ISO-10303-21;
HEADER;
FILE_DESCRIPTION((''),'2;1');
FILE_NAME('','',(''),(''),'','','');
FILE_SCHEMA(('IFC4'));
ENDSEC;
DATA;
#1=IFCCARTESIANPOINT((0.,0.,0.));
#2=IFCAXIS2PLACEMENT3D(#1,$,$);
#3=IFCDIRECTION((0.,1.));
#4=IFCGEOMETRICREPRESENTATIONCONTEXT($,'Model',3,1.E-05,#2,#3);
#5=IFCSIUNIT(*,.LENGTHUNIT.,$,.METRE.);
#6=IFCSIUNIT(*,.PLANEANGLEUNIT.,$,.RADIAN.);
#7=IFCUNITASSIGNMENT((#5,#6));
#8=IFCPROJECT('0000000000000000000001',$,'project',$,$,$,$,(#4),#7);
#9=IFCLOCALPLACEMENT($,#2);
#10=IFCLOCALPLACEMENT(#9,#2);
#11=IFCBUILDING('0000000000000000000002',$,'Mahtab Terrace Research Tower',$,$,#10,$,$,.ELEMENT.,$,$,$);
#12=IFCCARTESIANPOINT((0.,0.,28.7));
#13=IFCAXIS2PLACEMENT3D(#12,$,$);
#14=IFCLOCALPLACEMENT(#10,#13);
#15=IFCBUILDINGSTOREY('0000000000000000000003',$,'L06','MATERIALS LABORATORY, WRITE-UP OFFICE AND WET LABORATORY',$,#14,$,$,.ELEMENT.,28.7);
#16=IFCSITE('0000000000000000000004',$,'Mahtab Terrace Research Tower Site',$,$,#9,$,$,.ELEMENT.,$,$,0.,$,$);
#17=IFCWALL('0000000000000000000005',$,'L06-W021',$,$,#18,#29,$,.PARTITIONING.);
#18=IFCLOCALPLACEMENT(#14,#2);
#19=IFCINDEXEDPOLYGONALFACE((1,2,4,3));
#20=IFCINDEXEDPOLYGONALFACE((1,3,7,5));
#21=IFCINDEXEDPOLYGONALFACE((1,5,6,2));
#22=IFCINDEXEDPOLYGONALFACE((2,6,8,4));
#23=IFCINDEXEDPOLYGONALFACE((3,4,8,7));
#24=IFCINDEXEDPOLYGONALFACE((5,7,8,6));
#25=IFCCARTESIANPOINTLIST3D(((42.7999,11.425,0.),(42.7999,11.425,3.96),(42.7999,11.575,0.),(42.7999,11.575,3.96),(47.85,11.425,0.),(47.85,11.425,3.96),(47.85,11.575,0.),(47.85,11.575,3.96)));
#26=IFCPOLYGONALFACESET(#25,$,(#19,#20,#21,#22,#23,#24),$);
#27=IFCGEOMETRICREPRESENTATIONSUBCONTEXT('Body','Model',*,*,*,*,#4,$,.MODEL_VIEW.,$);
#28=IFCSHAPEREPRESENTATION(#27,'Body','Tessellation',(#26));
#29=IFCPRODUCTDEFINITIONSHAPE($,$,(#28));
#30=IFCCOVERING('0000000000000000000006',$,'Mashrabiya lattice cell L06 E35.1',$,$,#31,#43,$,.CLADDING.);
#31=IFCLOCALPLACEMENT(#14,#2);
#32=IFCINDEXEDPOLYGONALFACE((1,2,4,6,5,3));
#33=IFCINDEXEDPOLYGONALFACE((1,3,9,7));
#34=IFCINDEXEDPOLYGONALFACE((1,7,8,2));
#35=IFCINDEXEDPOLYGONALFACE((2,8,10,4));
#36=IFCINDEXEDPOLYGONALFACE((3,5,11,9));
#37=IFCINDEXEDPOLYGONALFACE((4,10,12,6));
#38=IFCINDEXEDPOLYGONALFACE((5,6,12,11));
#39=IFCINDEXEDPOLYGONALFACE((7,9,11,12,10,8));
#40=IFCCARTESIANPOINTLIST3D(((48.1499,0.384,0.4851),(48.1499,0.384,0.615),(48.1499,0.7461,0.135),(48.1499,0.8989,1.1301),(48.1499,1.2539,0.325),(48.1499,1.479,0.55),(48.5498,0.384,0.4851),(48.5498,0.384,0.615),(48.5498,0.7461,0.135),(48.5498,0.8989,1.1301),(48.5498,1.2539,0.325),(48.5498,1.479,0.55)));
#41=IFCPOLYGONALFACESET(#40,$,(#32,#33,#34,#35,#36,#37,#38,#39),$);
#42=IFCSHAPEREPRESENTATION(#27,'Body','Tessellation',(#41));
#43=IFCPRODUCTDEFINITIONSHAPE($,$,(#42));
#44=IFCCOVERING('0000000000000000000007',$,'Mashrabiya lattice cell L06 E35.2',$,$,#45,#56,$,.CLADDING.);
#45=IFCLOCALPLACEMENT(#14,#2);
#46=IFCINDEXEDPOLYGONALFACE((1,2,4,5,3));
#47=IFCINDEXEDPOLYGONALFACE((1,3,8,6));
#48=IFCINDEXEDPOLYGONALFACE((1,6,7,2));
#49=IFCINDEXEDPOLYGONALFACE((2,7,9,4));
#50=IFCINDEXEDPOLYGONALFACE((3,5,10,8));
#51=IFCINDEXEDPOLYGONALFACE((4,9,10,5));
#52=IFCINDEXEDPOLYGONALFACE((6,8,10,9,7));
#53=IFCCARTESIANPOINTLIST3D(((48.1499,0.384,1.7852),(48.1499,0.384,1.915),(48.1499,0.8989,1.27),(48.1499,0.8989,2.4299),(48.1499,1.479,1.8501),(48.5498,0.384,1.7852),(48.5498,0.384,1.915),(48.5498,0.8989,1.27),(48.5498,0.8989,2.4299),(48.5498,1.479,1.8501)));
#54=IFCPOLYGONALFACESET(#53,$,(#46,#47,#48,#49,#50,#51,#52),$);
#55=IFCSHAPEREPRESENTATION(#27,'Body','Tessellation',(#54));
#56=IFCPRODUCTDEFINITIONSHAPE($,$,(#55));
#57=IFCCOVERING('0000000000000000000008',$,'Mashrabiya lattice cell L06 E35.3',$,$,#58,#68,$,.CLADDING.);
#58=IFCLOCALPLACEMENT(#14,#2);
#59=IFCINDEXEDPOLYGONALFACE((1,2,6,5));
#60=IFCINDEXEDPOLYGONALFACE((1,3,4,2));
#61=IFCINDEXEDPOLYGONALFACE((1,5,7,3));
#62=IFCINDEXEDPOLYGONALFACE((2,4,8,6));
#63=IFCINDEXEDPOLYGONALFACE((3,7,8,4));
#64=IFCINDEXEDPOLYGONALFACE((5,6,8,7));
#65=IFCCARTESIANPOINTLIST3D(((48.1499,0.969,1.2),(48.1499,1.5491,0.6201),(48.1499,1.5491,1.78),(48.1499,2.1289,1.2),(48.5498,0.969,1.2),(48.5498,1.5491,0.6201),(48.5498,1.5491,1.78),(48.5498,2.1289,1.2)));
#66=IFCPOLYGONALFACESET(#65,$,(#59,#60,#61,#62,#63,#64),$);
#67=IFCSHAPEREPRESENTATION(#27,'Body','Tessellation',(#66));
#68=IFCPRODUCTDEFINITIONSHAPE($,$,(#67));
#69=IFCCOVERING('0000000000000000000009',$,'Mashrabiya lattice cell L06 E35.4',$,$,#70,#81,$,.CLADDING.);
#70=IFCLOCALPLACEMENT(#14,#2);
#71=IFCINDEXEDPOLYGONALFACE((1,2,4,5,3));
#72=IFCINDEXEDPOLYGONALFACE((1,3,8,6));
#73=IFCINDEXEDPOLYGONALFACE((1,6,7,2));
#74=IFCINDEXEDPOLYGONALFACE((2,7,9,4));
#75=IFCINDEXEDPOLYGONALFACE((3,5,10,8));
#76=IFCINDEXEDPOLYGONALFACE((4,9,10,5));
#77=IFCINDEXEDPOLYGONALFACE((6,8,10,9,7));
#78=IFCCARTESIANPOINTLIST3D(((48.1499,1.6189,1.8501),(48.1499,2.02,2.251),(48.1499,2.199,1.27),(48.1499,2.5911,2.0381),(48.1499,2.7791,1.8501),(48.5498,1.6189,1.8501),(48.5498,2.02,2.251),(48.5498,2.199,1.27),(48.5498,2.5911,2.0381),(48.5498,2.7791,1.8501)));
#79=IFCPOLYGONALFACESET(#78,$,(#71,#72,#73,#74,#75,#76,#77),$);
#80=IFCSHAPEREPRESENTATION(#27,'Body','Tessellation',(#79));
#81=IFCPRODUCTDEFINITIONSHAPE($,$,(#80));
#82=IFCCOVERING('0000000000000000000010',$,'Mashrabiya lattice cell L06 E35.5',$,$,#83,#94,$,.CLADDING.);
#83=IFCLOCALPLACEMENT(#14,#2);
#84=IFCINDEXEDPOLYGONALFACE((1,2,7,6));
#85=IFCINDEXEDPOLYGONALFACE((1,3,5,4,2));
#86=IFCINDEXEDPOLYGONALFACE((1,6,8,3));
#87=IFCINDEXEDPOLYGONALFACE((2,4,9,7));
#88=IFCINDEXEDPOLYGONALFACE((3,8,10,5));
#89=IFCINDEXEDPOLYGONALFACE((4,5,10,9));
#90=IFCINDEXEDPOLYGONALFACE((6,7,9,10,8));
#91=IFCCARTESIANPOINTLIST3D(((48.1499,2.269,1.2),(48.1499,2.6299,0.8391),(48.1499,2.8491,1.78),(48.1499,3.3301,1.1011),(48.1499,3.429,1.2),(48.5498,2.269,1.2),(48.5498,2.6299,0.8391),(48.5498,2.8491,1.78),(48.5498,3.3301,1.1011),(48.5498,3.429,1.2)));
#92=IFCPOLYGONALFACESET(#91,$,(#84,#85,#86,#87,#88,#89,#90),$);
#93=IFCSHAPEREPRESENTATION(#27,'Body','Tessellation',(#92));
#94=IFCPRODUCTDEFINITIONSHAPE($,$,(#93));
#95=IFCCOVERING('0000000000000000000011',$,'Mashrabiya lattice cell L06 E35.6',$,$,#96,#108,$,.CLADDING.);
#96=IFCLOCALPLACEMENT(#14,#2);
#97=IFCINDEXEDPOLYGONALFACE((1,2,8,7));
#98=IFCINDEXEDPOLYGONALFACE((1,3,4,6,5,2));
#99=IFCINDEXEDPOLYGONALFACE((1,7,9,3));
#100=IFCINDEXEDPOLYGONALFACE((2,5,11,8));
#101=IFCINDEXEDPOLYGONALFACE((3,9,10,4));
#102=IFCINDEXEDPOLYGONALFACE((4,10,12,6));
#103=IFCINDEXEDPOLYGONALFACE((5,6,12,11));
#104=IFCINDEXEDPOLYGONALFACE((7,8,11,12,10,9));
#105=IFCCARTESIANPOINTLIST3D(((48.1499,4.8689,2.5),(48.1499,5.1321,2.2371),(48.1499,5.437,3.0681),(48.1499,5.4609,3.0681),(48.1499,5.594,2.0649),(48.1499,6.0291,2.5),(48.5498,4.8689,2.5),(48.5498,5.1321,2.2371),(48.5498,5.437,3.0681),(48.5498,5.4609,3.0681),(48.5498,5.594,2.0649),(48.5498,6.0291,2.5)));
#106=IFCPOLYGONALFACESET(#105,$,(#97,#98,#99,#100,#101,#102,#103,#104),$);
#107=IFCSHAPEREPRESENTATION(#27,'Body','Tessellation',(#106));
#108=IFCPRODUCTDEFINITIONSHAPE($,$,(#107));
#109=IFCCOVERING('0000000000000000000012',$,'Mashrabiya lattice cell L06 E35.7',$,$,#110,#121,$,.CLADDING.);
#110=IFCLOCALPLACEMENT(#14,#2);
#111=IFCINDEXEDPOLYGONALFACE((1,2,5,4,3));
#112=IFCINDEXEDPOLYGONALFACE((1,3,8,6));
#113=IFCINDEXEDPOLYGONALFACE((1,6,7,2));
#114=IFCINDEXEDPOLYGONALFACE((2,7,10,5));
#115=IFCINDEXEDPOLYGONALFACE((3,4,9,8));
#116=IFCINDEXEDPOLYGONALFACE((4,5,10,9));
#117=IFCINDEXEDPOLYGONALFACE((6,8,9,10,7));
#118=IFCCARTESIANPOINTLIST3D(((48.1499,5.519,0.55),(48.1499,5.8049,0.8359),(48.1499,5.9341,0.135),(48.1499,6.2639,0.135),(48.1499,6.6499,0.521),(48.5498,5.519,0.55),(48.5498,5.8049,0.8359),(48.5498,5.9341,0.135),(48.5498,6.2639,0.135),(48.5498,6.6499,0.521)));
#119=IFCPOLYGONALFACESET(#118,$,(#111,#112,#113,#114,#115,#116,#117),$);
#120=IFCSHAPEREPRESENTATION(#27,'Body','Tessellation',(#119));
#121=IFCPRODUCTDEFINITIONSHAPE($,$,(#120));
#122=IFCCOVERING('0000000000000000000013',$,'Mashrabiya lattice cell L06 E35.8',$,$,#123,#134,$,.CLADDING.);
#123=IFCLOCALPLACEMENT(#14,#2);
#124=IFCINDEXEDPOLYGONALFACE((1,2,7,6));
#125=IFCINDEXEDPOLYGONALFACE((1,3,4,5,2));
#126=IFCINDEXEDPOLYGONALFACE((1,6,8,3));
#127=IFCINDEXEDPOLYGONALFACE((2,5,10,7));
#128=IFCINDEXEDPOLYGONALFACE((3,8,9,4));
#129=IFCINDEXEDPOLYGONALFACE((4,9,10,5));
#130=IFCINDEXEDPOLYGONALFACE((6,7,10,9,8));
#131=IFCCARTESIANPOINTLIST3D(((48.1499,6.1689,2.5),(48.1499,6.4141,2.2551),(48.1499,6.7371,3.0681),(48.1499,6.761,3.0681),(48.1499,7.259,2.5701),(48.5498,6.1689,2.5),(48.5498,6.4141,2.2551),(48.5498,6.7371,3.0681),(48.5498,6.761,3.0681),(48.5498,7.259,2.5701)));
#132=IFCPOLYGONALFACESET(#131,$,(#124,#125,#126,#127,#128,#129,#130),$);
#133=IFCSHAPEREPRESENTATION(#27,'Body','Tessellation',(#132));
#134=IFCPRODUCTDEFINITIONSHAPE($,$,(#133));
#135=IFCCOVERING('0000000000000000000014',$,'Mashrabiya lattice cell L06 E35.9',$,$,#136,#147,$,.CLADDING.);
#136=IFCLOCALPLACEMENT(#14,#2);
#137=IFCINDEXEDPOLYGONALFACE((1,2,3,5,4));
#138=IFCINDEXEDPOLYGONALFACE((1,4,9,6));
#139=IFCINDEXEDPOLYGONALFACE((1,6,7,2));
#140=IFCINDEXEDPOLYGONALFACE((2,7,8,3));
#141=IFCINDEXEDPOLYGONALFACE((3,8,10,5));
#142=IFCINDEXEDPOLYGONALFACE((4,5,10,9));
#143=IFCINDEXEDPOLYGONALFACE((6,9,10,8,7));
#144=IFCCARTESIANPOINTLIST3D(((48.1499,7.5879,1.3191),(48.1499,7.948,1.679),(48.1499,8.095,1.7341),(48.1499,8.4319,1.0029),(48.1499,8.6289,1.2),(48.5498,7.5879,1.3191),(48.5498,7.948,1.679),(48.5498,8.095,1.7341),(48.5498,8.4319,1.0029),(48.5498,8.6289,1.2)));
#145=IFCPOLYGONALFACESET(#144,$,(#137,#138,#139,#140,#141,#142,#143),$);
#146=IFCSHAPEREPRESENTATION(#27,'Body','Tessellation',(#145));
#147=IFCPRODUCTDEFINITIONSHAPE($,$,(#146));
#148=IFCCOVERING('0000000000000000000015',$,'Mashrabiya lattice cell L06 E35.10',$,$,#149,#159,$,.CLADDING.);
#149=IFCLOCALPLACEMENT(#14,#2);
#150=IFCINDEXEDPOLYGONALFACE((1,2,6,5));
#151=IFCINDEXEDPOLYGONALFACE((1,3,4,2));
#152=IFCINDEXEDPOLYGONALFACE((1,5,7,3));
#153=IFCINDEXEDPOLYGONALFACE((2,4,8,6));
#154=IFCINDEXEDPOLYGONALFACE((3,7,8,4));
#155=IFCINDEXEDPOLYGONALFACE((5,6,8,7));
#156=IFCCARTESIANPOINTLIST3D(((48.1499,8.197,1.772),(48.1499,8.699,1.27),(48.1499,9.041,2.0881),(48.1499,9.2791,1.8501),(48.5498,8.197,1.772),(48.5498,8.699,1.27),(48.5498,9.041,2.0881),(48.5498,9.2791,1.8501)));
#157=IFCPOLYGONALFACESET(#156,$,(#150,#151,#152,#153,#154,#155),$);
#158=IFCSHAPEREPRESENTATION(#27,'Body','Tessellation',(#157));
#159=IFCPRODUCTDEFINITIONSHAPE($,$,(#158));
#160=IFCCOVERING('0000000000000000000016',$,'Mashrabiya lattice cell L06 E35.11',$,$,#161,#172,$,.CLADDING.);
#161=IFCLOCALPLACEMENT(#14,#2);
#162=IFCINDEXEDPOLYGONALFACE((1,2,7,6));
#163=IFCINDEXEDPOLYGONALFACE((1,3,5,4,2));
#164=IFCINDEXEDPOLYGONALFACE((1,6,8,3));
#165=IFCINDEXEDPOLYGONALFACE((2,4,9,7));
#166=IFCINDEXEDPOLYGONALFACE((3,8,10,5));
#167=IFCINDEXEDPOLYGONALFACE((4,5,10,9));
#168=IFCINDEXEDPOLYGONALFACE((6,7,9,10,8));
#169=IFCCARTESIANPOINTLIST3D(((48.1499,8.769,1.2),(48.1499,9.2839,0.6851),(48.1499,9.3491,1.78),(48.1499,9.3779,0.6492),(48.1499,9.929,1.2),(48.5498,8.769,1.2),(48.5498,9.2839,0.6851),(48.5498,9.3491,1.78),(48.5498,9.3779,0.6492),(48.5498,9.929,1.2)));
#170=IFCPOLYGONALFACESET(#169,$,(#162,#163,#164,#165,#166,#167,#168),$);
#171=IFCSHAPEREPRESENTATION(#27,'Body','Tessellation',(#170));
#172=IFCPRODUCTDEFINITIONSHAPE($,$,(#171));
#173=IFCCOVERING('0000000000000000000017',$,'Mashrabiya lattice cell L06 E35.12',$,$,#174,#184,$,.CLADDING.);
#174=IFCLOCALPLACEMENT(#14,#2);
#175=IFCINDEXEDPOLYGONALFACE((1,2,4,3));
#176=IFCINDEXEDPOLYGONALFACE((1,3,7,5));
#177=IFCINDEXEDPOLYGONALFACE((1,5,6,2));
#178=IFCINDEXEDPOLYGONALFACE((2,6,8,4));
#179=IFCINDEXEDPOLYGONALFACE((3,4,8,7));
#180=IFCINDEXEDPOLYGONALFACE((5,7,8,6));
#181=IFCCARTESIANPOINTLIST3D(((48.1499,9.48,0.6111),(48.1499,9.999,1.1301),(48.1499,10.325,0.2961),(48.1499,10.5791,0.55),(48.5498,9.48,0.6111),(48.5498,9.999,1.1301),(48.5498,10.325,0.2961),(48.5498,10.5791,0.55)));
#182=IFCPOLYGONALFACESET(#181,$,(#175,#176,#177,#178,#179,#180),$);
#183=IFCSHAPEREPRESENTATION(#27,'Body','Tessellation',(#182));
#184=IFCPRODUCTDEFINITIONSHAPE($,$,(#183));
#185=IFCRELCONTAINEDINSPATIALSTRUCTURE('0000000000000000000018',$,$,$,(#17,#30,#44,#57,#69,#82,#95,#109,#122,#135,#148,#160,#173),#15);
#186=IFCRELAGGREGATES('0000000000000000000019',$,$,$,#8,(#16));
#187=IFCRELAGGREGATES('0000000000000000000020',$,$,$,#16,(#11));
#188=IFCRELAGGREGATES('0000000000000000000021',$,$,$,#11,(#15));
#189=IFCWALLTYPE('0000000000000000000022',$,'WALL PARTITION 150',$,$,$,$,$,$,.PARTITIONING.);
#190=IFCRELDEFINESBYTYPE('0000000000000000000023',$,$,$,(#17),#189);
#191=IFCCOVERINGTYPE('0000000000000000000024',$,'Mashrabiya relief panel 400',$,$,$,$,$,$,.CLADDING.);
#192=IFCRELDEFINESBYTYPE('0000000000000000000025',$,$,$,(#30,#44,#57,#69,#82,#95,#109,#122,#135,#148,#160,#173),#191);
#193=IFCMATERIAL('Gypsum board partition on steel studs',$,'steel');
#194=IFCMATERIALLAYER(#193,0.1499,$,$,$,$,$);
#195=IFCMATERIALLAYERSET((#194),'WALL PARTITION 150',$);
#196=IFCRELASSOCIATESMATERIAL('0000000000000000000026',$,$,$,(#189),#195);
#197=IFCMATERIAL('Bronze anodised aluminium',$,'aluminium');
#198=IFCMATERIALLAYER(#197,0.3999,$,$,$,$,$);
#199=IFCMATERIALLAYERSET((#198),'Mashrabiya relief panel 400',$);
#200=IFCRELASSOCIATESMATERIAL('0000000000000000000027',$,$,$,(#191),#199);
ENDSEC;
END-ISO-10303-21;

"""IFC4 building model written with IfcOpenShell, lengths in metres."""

from ifc_helpers import new_model, si_unit, direction, frame, frame_2d, origin, place, context, subcontext, project, spatial, polyline, rectangle, outline, extrude, material, layer, layer_set, type_object, element, save


model = new_model("IFC4")

# Units and contexts
model_context = context("Model", 3, precision=1e-05, world=origin(), true_north=direction((0.0, 1.0)))
body_context = subcontext(model_context, "Body", "Model", "MODEL_VIEW")
ifc_project = project(units=[si_unit("LENGTHUNIT", "METRE"), si_unit("PLANEANGLEUNIT", "RADIAN")], contexts=[model_context])

# Site, building, storey
site_placement = place(None, origin())
site = spatial("IfcSite", under=ifc_project, at=site_placement, Name="Mahtab Terrace Research Tower Site", CompositionType="ELEMENT", RefElevation=0.0)
building_placement = place(site_placement, origin())
building = spatial("IfcBuilding", under=site, at=building_placement, Name="Mahtab Terrace Research Tower", CompositionType="ELEMENT")
storey_placement = place(building_placement, frame((0.0, 0.0, 28.7)))
storey = spatial("IfcBuildingStorey", under=building, at=storey_placement, Name="L06", Description="MATERIALS LABORATORY, WRITE-UP OFFICE AND WET LABORATORY", CompositionType="ELEMENT", Elevation=28.7)

# Wall
ifc_material_1 = material(Name="Gypsum board partition on steel studs", Category="steel")
ifc_layer_1 = layer(ifc_material_1, 0.1499)
ifc_layer_set_1 = layer_set([ifc_layer_1], Name="WALL PARTITION 150")
wall_type_1 = type_object("IfcWallType", Name="WALL PARTITION 150", PredefinedType="PARTITIONING", material=ifc_layer_set_1)
wall_1_placement = place(storey_placement, frame((42.8, 11.5, 0.0), z_axis=(0.0, 0.0, 1.0), x_axis=(1.0, 0.0, 0.0)))
element("IfcWall", 1, at=wall_1_placement, inside=storey, type_object=wall_type_1, Name="L06-W021", PredefinedType="PARTITIONING", context=body_context, shape_type="SweptSolid", body=[
    extrude(rectangle(XDim=5.05, YDim=0.1499, at=frame_2d((2.5249, 0.0))), origin(), (0.0, 0.0, 1.0), 3.96),
])

# Coverings
ifc_material_2 = material(Name="Bronze anodised aluminium", Category="aluminium")
ifc_layer_2 = layer(ifc_material_2, 0.3999)
ifc_layer_set_2 = layer_set([ifc_layer_2], Name="Mashrabiya relief panel 400")
covering_type = type_object("IfcCoveringType", Name="Mashrabiya relief panel 400", PredefinedType="CLADDING", material=ifc_layer_set_2)
covering_1_placement = place(storey_placement, frame((48.1499, 0.384, 0.4851), z_axis=(-1.0, 0.0, 0.0), x_axis=(0.0, 0.0, 1.0)))
element("IfcCovering", 2, at=covering_1_placement, inside=storey, type_object=covering_type, Name="Mashrabiya lattice cell L06 E35.1", PredefinedType="CLADDING", context=body_context, shape_type="SweptSolid", body=[
    extrude(outline(polyline([(0.0, 0.0), (0.1299, 0.0), (0.645, 0.5149), (0.0649, 1.095), (-0.1602, 0.8699), (-0.3501, 0.3621), (0.0, 0.0)])), origin(), (0.0, 0.0, -1.0), 0.3999),
])
covering_2_placement = place(storey_placement, frame((48.1499, 0.8989, 2.4299), z_axis=(-1.0, 0.0, 0.0), x_axis=(0.0, 0.707256, -0.706958)))
element("IfcCovering", 3, at=covering_2_placement, inside=storey, type_object=covering_type, Name="Mashrabiya lattice cell L06 E35.2", PredefinedType="CLADDING", context=body_context, shape_type="SweptSolid", body=[
    extrude(outline(polyline([(0.0, 0.0), (0.8202, 0.0), (0.82, 0.8204), (0.0917, 0.82), (-0.0002, 0.7282), (0.0, 0.0)])), origin(), (0.0, 0.0, -1.0), 0.3999),
])
covering_3_placement = place(storey_placement, frame((48.1499, 1.5491, 1.78), z_axis=(-1.0, 0.0, 0.0), x_axis=(0.0, 0.706958, -0.707256)))
element("IfcCovering", 4, at=covering_3_placement, inside=storey, type_object=covering_type, Name="Mashrabiya lattice cell L06 E35.3", PredefinedType="CLADDING", context=body_context, shape_type="SweptSolid", body=[
    extrude(outline(polyline([(0.0, 0.0), (0.8202, 0.0), (0.8204, 0.82), (0.0002, 0.8204), (0.0, 0.0)])), origin(), (0.0, 0.0, -1.0), 0.3999),
])
covering_4_placement = place(storey_placement, frame((48.1499, 2.7791, 1.8501), z_axis=(-1.0, 0.0, 0.0), x_axis=(0.0, -0.707107, -0.707107)))
element("IfcCovering", 5, at=covering_4_placement, inside=storey, type_object=covering_type, Name="Mashrabiya lattice cell L06 E35.4", PredefinedType="CLADDING", context=body_context, shape_type="SweptSolid", body=[
    extrude(outline(polyline([(0.0, 0.0), (0.8204, 0.0), (0.8204, 0.8204), (0.2533, 0.8202), (0.0, 0.2659), (0.0, 0.0)])), origin(), (0.0, 0.0, -1.0), 0.3999),
])
covering_5_placement = place(storey_placement, frame((48.1499, 2.269, 1.2), z_axis=(-1.0, 0.0, 0.0), x_axis=(0.0, 0.707107, 0.707107)))
element("IfcCovering", 6, at=covering_5_placement, inside=storey, type_object=covering_type, Name="Mashrabiya lattice cell L06 E35.5", PredefinedType="CLADDING", context=body_context, shape_type="SweptSolid", body=[
    extrude(outline(polyline([(0.0, 0.0), (0.8204, 0.0), (0.8202, 0.8202), (0.6803, 0.8202), (0.0, 0.5103), (0.0, 0.0)])), origin(), (0.0, 0.0, -1.0), 0.3999),
])
covering_6_placement = place(storey_placement, frame((48.1499, 4.8689, 2.5), z_axis=(-1.0, 0.0, 0.0), x_axis=(0.0, 0.707107, 0.707107)))
element("IfcCovering", 7, at=covering_6_placement, inside=storey, type_object=covering_type, Name="Mashrabiya lattice cell L06 E35.6", PredefinedType="CLADDING", context=body_context, shape_type="SweptSolid", body=[
    extrude(outline(polyline([(0.0, 0.0), (0.8034, 0.0), (0.8204, 0.0169), (0.8204, 0.8204), (0.2051, 0.8204), (0.0002, 0.372), (0.0, 0.0)])), origin(), (0.0, 0.0, -1.0), 0.3999),
])
covering_7_placement = place(storey_placement, frame((48.1499, 5.519, 0.55), z_axis=(-1.0, 0.0, 0.0), x_axis=(0.0, 0.707107, 0.707107)))
element("IfcCovering", 8, at=covering_7_placement, inside=storey, type_object=covering_type, Name="Mashrabiya lattice cell L06 E35.7", PredefinedType="CLADDING", context=body_context, shape_type="SweptSolid", body=[
    extrude(outline(polyline([(0.0, 0.0), (0.4043, 0.0), (0.7791, 0.8202), (0.2332, 0.8202), (0.0, 0.587), (0.0, 0.0)])), origin(), (0.0, 0.0, -1.0), 0.3999),
])
covering_8_placement = place(storey_placement, frame((48.1499, 6.1689, 2.5), z_axis=(-1.0, 0.0, 0.0), x_axis=(0.0, 0.707107, 0.707107)))
element("IfcCovering", 9, at=covering_8_placement, inside=storey, type_object=covering_type, Name="Mashrabiya lattice cell L06 E35.8", PredefinedType="CLADDING", context=body_context, shape_type="SweptSolid", body=[
    extrude(outline(polyline([(0.0, 0.0), (0.8034, 0.0), (0.8204, 0.0169), (0.8204, 0.7213), (0.0002, 0.3465), (0.0, 0.0)])), origin(), (0.0, 0.0, -1.0), 0.3999),
])
covering_9_placement = place(storey_placement, frame((48.1499, 8.6289, 1.2), z_axis=(-1.0, 0.0, 0.0), x_axis=(0.0, -0.707107, -0.707107)))
element("IfcCovering", 10, at=covering_9_placement, inside=storey, type_object=covering_type, Name="Mashrabiya lattice cell L06 E35.9", PredefinedType="CLADDING", context=body_context, shape_type="SweptSolid", body=[
    extrude(outline(polyline([(0.0, 0.0), (0.2786, 0.0), (0.6519, 0.8204), (0.1428, 0.8202), (-0.0002, 0.7553), (0.0, 0.0)])), origin(), (0.0, 0.0, -1.0), 0.3999),
])
covering_10_placement = place(storey_placement, frame((48.1499, 9.2791, 1.8501), z_axis=(-1.0, 0.0, 0.0), x_axis=(0.0, -0.707107, -0.707107)))
element("IfcCovering", 11, at=covering_10_placement, inside=storey, type_object=covering_type, Name="Mashrabiya lattice cell L06 E35.10", PredefinedType="CLADDING", context=body_context, shape_type="SweptSolid", body=[
    extrude(outline(polyline([(0.0, 0.0), (0.8204, 0.0), (0.8204, 0.7099), (0.0, 0.3366), (0.0, 0.0)])), origin(), (0.0, 0.0, -1.0), 0.3999),
])
covering_11_placement = place(storey_placement, frame((48.1499, 8.769, 1.2), z_axis=(-1.0, 0.0, 0.0), x_axis=(0.0, 0.707107, 0.707107)))
element("IfcCovering", 12, at=covering_11_placement, inside=storey, type_object=covering_type, Name="Mashrabiya lattice cell L06 E35.11", PredefinedType="CLADDING", context=body_context, shape_type="SweptSolid", body=[
    extrude(outline(polyline([(0.0, 0.0), (0.8204, 0.0), (0.8202, 0.8202), (0.0411, 0.82), (0.0, 0.7282), (0.0, 0.0)])), origin(), (0.0, 0.0, -1.0), 0.3999),
])
covering_12_placement = place(storey_placement, frame((48.1499, 9.999, 1.1301), z_axis=(-1.0, 0.0, 0.0), x_axis=(0.0, 0.707107, -0.707107)))
element("IfcCovering", 13, at=covering_12_placement, inside=storey, type_object=covering_type, Name="Mashrabiya lattice cell L06 E35.12", PredefinedType="CLADDING", context=body_context, shape_type="SweptSolid", body=[
    extrude(outline(polyline([(0.0, 0.0), (0.8204, 0.0), (0.8202, 0.3593), (0.0, 0.734), (0.0, 0.0)])), origin(), (0.0, 0.0, -1.0), 0.3999),
])

save(model, "model.ifc")
